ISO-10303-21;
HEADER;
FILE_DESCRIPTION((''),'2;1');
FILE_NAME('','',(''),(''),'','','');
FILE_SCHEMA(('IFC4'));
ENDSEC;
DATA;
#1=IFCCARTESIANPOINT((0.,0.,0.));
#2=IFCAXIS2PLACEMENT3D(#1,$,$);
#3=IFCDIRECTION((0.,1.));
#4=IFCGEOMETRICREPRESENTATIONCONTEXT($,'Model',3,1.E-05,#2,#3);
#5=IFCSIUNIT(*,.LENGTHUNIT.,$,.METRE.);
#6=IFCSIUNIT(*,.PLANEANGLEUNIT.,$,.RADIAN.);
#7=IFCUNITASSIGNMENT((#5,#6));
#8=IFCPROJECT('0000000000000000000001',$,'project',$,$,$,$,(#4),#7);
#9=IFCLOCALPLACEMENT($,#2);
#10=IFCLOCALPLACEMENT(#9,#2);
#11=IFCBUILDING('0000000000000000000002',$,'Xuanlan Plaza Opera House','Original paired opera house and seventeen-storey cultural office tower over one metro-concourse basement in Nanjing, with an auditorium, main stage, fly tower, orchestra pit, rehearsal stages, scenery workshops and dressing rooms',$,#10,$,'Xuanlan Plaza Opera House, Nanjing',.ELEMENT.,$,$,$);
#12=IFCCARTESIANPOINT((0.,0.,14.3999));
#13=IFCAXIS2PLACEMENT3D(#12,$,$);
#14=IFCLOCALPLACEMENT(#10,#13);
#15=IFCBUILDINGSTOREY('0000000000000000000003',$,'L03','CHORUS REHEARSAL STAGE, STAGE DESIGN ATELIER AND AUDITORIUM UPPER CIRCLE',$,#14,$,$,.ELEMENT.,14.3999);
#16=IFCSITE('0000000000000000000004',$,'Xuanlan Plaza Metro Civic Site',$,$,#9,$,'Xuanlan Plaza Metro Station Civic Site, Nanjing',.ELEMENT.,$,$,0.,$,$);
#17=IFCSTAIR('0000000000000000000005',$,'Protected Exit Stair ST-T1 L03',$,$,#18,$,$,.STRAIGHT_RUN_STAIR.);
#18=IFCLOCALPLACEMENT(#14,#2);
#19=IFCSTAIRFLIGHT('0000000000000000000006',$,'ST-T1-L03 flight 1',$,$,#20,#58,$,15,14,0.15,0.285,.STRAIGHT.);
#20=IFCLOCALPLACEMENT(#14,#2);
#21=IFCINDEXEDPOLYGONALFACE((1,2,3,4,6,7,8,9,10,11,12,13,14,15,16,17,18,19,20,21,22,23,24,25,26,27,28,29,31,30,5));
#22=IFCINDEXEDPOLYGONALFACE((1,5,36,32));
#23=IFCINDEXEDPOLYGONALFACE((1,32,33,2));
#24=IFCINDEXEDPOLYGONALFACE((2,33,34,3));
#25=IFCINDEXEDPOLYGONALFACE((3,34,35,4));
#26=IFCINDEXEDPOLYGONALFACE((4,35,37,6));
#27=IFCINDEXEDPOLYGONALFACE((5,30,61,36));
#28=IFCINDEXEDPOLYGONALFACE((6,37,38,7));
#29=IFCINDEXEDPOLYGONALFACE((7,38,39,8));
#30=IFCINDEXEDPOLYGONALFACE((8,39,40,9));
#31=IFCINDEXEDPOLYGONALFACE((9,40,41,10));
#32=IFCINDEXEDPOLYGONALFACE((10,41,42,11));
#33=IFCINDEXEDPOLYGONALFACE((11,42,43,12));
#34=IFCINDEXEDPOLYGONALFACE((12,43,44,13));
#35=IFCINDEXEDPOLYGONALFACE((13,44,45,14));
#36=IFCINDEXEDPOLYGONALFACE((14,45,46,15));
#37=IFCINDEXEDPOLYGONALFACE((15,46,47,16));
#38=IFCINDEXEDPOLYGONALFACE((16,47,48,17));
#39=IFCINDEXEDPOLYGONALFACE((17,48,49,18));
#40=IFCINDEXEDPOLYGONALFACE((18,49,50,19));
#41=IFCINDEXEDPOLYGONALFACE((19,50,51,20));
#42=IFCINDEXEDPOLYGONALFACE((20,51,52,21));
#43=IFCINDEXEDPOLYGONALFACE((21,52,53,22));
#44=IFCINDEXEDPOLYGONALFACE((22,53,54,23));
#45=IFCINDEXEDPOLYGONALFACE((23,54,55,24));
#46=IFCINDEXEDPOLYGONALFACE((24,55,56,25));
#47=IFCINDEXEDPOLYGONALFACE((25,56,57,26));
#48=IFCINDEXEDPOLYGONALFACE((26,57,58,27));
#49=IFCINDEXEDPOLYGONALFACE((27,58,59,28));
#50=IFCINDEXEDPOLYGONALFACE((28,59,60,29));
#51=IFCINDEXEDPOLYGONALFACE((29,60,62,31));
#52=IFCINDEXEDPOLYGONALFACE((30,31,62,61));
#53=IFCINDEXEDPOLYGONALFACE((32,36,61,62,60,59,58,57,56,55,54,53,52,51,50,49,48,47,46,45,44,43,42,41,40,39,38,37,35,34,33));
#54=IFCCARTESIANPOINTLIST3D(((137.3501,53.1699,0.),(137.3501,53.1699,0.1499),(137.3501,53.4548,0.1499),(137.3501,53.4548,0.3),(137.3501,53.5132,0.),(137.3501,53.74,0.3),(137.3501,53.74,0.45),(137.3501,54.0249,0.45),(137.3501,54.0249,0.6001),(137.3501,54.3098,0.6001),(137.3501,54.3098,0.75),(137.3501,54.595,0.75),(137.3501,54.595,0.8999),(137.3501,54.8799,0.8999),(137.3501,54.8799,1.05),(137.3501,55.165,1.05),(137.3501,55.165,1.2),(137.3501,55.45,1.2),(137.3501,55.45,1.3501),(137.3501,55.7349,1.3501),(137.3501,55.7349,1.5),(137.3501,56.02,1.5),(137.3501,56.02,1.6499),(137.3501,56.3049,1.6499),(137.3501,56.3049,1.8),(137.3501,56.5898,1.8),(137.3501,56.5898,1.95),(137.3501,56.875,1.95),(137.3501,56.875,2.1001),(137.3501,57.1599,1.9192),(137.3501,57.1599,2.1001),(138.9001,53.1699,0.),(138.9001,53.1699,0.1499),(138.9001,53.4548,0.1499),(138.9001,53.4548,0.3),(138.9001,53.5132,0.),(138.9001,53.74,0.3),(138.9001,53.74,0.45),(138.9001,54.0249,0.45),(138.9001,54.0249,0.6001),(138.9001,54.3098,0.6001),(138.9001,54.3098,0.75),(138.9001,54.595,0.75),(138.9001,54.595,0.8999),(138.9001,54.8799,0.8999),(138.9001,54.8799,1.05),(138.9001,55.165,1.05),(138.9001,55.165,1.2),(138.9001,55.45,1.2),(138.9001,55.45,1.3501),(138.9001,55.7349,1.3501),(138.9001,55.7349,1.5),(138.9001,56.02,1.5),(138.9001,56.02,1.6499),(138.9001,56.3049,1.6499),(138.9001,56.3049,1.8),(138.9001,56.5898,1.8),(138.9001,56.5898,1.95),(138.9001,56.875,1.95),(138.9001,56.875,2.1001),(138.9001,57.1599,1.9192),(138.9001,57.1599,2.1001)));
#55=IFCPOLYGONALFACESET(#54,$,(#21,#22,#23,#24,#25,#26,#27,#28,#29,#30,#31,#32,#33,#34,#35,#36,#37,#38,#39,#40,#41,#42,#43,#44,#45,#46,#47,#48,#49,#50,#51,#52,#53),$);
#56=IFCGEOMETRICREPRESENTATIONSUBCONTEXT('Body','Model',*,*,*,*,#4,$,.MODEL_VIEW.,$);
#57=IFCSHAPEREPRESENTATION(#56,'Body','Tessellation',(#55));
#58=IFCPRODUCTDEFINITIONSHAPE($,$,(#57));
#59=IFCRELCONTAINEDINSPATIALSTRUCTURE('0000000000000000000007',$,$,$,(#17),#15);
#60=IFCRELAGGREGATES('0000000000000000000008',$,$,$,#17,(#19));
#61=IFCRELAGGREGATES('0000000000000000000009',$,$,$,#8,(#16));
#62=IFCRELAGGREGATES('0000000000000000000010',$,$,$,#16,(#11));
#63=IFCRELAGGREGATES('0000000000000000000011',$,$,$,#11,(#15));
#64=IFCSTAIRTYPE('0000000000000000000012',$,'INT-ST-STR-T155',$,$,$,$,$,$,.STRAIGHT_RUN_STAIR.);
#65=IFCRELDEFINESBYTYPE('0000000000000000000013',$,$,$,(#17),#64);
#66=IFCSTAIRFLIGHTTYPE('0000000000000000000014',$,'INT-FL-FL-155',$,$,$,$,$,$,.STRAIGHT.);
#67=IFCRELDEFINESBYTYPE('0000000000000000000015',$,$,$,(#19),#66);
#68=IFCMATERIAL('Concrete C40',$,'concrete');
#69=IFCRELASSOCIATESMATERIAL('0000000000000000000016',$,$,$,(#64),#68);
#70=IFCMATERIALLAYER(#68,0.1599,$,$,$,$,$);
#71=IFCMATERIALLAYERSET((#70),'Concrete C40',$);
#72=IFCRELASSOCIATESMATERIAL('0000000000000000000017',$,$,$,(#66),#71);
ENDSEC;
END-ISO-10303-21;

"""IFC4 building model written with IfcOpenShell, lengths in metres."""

from ifc_helpers import new_model, si_unit, direction, frame, origin, place, context, subcontext, project, spatial, polyline, outline, extrude, material, layer, layer_set, type_object, element, aggregate, save


model = new_model("IFC4")

# Units and contexts
model_context = context("Model", 3, precision=1e-05, world=origin(), true_north=direction((0.0, 1.0)))
body_context = subcontext(model_context, "Body", "Model", "MODEL_VIEW")
ifc_project = project(units=[si_unit("LENGTHUNIT", "METRE"), si_unit("PLANEANGLEUNIT", "RADIAN")], contexts=[model_context])

# Site, building, storey
site_placement = place(None, origin())
site = spatial("IfcSite", under=ifc_project, at=site_placement, Name="Xuanlan Plaza Metro Civic Site", LongName="Xuanlan Plaza Metro Station Civic Site, Nanjing", CompositionType="ELEMENT", RefElevation=0.0)
building_placement = place(site_placement, origin())
building = spatial("IfcBuilding", under=site, at=building_placement, Name="Xuanlan Plaza Opera House", Description="Original paired opera house and seventeen-storey cultural office tower over one metro-concourse basement in Nanjing, with an auditorium, main stage, fly tower, orchestra pit, rehearsal stages, scenery workshops and dressing rooms", LongName="Xuanlan Plaza Opera House, Nanjing", CompositionType="ELEMENT")
storey_placement = place(building_placement, frame((0.0, 0.0, 14.3999)))
storey = spatial("IfcBuildingStorey", under=building, at=storey_placement, Name="L03", Description="CHORUS REHEARSAL STAGE, STAGE DESIGN ATELIER AND AUDITORIUM UPPER CIRCLE", CompositionType="ELEMENT", Elevation=14.3999)

# Shared definitions
ifc_material_1 = material(Name="Concrete C40", Category="concrete")

# Stair, stair flight
stair_type = type_object("IfcStairType", Name="INT-ST-STR-T155", PredefinedType="STRAIGHT_RUN_STAIR", material=ifc_material_1)
stair_placement = place(storey_placement, origin())
stair = element("IfcStair", 1, at=stair_placement, inside=storey, type_object=stair_type, Name="Protected Exit Stair ST-T1 L03", PredefinedType="STRAIGHT_RUN_STAIR")
ifc_layer_1 = layer(ifc_material_1, 0.1599)
ifc_layer_set_1 = layer_set([ifc_layer_1], Name="Concrete C40")
stair_flight_type = type_object("IfcStairFlightType", Name="INT-FL-FL-155", PredefinedType="STRAIGHT", material=ifc_layer_set_1)
stair_flight_placement = place(storey_placement, frame((138.125, 53.1699, 0.0), z_axis=(0.0, 0.0, 1.0), x_axis=(0.0, 1.0, 0.0)))
stair_flight = element("IfcStairFlight", 2, at=stair_flight_placement, type_object=stair_flight_type, Name="ST-T1-L03 flight 1", NumberOfRisers=15, NumberOfTreads=14, PredefinedType="STRAIGHT", RiserHeight=0.15, TreadLength=0.285, context=body_context, shape_type="SweptSolid", body=[
    extrude(outline(polyline([(0.0, 0.0), (0.0, 0.1499), (0.2849, 0.1499), (0.2849, 0.3), (0.5701, 0.3), (0.5701, 0.45), (0.855, 0.45), (0.855, 0.6001), (1.1399, 0.6001), (1.1399, 0.75), (1.425, 0.75), (1.425, 0.8999), (1.71, 0.8999), (1.71, 1.05), (1.9951, 1.05), (1.9951, 1.2), (2.28, 1.2), (2.28, 1.3501), (2.5649, 1.3501), (2.5649, 1.5), (2.8501, 1.5), (2.8501, 1.6499), (3.135, 1.6499), (3.135, 1.8), (3.4199, 1.8), (3.4199, 1.95), (3.7051, 1.95), (3.7051, 2.1001), (3.99, 2.1001), (3.99, 2.25), (3.99, 1.9192), (0.3433, 0.0), (0.0, 0.0)])), frame((0.0, 0.7749, 0.0), z_axis=(0.0, -1.0, 0.0), x_axis=(1.0, 0.0, 0.0)), (0.0, 0.0, 1.0), 1.55),
])
aggregate(stair, [stair_flight])

save(model, "model.ifc")
